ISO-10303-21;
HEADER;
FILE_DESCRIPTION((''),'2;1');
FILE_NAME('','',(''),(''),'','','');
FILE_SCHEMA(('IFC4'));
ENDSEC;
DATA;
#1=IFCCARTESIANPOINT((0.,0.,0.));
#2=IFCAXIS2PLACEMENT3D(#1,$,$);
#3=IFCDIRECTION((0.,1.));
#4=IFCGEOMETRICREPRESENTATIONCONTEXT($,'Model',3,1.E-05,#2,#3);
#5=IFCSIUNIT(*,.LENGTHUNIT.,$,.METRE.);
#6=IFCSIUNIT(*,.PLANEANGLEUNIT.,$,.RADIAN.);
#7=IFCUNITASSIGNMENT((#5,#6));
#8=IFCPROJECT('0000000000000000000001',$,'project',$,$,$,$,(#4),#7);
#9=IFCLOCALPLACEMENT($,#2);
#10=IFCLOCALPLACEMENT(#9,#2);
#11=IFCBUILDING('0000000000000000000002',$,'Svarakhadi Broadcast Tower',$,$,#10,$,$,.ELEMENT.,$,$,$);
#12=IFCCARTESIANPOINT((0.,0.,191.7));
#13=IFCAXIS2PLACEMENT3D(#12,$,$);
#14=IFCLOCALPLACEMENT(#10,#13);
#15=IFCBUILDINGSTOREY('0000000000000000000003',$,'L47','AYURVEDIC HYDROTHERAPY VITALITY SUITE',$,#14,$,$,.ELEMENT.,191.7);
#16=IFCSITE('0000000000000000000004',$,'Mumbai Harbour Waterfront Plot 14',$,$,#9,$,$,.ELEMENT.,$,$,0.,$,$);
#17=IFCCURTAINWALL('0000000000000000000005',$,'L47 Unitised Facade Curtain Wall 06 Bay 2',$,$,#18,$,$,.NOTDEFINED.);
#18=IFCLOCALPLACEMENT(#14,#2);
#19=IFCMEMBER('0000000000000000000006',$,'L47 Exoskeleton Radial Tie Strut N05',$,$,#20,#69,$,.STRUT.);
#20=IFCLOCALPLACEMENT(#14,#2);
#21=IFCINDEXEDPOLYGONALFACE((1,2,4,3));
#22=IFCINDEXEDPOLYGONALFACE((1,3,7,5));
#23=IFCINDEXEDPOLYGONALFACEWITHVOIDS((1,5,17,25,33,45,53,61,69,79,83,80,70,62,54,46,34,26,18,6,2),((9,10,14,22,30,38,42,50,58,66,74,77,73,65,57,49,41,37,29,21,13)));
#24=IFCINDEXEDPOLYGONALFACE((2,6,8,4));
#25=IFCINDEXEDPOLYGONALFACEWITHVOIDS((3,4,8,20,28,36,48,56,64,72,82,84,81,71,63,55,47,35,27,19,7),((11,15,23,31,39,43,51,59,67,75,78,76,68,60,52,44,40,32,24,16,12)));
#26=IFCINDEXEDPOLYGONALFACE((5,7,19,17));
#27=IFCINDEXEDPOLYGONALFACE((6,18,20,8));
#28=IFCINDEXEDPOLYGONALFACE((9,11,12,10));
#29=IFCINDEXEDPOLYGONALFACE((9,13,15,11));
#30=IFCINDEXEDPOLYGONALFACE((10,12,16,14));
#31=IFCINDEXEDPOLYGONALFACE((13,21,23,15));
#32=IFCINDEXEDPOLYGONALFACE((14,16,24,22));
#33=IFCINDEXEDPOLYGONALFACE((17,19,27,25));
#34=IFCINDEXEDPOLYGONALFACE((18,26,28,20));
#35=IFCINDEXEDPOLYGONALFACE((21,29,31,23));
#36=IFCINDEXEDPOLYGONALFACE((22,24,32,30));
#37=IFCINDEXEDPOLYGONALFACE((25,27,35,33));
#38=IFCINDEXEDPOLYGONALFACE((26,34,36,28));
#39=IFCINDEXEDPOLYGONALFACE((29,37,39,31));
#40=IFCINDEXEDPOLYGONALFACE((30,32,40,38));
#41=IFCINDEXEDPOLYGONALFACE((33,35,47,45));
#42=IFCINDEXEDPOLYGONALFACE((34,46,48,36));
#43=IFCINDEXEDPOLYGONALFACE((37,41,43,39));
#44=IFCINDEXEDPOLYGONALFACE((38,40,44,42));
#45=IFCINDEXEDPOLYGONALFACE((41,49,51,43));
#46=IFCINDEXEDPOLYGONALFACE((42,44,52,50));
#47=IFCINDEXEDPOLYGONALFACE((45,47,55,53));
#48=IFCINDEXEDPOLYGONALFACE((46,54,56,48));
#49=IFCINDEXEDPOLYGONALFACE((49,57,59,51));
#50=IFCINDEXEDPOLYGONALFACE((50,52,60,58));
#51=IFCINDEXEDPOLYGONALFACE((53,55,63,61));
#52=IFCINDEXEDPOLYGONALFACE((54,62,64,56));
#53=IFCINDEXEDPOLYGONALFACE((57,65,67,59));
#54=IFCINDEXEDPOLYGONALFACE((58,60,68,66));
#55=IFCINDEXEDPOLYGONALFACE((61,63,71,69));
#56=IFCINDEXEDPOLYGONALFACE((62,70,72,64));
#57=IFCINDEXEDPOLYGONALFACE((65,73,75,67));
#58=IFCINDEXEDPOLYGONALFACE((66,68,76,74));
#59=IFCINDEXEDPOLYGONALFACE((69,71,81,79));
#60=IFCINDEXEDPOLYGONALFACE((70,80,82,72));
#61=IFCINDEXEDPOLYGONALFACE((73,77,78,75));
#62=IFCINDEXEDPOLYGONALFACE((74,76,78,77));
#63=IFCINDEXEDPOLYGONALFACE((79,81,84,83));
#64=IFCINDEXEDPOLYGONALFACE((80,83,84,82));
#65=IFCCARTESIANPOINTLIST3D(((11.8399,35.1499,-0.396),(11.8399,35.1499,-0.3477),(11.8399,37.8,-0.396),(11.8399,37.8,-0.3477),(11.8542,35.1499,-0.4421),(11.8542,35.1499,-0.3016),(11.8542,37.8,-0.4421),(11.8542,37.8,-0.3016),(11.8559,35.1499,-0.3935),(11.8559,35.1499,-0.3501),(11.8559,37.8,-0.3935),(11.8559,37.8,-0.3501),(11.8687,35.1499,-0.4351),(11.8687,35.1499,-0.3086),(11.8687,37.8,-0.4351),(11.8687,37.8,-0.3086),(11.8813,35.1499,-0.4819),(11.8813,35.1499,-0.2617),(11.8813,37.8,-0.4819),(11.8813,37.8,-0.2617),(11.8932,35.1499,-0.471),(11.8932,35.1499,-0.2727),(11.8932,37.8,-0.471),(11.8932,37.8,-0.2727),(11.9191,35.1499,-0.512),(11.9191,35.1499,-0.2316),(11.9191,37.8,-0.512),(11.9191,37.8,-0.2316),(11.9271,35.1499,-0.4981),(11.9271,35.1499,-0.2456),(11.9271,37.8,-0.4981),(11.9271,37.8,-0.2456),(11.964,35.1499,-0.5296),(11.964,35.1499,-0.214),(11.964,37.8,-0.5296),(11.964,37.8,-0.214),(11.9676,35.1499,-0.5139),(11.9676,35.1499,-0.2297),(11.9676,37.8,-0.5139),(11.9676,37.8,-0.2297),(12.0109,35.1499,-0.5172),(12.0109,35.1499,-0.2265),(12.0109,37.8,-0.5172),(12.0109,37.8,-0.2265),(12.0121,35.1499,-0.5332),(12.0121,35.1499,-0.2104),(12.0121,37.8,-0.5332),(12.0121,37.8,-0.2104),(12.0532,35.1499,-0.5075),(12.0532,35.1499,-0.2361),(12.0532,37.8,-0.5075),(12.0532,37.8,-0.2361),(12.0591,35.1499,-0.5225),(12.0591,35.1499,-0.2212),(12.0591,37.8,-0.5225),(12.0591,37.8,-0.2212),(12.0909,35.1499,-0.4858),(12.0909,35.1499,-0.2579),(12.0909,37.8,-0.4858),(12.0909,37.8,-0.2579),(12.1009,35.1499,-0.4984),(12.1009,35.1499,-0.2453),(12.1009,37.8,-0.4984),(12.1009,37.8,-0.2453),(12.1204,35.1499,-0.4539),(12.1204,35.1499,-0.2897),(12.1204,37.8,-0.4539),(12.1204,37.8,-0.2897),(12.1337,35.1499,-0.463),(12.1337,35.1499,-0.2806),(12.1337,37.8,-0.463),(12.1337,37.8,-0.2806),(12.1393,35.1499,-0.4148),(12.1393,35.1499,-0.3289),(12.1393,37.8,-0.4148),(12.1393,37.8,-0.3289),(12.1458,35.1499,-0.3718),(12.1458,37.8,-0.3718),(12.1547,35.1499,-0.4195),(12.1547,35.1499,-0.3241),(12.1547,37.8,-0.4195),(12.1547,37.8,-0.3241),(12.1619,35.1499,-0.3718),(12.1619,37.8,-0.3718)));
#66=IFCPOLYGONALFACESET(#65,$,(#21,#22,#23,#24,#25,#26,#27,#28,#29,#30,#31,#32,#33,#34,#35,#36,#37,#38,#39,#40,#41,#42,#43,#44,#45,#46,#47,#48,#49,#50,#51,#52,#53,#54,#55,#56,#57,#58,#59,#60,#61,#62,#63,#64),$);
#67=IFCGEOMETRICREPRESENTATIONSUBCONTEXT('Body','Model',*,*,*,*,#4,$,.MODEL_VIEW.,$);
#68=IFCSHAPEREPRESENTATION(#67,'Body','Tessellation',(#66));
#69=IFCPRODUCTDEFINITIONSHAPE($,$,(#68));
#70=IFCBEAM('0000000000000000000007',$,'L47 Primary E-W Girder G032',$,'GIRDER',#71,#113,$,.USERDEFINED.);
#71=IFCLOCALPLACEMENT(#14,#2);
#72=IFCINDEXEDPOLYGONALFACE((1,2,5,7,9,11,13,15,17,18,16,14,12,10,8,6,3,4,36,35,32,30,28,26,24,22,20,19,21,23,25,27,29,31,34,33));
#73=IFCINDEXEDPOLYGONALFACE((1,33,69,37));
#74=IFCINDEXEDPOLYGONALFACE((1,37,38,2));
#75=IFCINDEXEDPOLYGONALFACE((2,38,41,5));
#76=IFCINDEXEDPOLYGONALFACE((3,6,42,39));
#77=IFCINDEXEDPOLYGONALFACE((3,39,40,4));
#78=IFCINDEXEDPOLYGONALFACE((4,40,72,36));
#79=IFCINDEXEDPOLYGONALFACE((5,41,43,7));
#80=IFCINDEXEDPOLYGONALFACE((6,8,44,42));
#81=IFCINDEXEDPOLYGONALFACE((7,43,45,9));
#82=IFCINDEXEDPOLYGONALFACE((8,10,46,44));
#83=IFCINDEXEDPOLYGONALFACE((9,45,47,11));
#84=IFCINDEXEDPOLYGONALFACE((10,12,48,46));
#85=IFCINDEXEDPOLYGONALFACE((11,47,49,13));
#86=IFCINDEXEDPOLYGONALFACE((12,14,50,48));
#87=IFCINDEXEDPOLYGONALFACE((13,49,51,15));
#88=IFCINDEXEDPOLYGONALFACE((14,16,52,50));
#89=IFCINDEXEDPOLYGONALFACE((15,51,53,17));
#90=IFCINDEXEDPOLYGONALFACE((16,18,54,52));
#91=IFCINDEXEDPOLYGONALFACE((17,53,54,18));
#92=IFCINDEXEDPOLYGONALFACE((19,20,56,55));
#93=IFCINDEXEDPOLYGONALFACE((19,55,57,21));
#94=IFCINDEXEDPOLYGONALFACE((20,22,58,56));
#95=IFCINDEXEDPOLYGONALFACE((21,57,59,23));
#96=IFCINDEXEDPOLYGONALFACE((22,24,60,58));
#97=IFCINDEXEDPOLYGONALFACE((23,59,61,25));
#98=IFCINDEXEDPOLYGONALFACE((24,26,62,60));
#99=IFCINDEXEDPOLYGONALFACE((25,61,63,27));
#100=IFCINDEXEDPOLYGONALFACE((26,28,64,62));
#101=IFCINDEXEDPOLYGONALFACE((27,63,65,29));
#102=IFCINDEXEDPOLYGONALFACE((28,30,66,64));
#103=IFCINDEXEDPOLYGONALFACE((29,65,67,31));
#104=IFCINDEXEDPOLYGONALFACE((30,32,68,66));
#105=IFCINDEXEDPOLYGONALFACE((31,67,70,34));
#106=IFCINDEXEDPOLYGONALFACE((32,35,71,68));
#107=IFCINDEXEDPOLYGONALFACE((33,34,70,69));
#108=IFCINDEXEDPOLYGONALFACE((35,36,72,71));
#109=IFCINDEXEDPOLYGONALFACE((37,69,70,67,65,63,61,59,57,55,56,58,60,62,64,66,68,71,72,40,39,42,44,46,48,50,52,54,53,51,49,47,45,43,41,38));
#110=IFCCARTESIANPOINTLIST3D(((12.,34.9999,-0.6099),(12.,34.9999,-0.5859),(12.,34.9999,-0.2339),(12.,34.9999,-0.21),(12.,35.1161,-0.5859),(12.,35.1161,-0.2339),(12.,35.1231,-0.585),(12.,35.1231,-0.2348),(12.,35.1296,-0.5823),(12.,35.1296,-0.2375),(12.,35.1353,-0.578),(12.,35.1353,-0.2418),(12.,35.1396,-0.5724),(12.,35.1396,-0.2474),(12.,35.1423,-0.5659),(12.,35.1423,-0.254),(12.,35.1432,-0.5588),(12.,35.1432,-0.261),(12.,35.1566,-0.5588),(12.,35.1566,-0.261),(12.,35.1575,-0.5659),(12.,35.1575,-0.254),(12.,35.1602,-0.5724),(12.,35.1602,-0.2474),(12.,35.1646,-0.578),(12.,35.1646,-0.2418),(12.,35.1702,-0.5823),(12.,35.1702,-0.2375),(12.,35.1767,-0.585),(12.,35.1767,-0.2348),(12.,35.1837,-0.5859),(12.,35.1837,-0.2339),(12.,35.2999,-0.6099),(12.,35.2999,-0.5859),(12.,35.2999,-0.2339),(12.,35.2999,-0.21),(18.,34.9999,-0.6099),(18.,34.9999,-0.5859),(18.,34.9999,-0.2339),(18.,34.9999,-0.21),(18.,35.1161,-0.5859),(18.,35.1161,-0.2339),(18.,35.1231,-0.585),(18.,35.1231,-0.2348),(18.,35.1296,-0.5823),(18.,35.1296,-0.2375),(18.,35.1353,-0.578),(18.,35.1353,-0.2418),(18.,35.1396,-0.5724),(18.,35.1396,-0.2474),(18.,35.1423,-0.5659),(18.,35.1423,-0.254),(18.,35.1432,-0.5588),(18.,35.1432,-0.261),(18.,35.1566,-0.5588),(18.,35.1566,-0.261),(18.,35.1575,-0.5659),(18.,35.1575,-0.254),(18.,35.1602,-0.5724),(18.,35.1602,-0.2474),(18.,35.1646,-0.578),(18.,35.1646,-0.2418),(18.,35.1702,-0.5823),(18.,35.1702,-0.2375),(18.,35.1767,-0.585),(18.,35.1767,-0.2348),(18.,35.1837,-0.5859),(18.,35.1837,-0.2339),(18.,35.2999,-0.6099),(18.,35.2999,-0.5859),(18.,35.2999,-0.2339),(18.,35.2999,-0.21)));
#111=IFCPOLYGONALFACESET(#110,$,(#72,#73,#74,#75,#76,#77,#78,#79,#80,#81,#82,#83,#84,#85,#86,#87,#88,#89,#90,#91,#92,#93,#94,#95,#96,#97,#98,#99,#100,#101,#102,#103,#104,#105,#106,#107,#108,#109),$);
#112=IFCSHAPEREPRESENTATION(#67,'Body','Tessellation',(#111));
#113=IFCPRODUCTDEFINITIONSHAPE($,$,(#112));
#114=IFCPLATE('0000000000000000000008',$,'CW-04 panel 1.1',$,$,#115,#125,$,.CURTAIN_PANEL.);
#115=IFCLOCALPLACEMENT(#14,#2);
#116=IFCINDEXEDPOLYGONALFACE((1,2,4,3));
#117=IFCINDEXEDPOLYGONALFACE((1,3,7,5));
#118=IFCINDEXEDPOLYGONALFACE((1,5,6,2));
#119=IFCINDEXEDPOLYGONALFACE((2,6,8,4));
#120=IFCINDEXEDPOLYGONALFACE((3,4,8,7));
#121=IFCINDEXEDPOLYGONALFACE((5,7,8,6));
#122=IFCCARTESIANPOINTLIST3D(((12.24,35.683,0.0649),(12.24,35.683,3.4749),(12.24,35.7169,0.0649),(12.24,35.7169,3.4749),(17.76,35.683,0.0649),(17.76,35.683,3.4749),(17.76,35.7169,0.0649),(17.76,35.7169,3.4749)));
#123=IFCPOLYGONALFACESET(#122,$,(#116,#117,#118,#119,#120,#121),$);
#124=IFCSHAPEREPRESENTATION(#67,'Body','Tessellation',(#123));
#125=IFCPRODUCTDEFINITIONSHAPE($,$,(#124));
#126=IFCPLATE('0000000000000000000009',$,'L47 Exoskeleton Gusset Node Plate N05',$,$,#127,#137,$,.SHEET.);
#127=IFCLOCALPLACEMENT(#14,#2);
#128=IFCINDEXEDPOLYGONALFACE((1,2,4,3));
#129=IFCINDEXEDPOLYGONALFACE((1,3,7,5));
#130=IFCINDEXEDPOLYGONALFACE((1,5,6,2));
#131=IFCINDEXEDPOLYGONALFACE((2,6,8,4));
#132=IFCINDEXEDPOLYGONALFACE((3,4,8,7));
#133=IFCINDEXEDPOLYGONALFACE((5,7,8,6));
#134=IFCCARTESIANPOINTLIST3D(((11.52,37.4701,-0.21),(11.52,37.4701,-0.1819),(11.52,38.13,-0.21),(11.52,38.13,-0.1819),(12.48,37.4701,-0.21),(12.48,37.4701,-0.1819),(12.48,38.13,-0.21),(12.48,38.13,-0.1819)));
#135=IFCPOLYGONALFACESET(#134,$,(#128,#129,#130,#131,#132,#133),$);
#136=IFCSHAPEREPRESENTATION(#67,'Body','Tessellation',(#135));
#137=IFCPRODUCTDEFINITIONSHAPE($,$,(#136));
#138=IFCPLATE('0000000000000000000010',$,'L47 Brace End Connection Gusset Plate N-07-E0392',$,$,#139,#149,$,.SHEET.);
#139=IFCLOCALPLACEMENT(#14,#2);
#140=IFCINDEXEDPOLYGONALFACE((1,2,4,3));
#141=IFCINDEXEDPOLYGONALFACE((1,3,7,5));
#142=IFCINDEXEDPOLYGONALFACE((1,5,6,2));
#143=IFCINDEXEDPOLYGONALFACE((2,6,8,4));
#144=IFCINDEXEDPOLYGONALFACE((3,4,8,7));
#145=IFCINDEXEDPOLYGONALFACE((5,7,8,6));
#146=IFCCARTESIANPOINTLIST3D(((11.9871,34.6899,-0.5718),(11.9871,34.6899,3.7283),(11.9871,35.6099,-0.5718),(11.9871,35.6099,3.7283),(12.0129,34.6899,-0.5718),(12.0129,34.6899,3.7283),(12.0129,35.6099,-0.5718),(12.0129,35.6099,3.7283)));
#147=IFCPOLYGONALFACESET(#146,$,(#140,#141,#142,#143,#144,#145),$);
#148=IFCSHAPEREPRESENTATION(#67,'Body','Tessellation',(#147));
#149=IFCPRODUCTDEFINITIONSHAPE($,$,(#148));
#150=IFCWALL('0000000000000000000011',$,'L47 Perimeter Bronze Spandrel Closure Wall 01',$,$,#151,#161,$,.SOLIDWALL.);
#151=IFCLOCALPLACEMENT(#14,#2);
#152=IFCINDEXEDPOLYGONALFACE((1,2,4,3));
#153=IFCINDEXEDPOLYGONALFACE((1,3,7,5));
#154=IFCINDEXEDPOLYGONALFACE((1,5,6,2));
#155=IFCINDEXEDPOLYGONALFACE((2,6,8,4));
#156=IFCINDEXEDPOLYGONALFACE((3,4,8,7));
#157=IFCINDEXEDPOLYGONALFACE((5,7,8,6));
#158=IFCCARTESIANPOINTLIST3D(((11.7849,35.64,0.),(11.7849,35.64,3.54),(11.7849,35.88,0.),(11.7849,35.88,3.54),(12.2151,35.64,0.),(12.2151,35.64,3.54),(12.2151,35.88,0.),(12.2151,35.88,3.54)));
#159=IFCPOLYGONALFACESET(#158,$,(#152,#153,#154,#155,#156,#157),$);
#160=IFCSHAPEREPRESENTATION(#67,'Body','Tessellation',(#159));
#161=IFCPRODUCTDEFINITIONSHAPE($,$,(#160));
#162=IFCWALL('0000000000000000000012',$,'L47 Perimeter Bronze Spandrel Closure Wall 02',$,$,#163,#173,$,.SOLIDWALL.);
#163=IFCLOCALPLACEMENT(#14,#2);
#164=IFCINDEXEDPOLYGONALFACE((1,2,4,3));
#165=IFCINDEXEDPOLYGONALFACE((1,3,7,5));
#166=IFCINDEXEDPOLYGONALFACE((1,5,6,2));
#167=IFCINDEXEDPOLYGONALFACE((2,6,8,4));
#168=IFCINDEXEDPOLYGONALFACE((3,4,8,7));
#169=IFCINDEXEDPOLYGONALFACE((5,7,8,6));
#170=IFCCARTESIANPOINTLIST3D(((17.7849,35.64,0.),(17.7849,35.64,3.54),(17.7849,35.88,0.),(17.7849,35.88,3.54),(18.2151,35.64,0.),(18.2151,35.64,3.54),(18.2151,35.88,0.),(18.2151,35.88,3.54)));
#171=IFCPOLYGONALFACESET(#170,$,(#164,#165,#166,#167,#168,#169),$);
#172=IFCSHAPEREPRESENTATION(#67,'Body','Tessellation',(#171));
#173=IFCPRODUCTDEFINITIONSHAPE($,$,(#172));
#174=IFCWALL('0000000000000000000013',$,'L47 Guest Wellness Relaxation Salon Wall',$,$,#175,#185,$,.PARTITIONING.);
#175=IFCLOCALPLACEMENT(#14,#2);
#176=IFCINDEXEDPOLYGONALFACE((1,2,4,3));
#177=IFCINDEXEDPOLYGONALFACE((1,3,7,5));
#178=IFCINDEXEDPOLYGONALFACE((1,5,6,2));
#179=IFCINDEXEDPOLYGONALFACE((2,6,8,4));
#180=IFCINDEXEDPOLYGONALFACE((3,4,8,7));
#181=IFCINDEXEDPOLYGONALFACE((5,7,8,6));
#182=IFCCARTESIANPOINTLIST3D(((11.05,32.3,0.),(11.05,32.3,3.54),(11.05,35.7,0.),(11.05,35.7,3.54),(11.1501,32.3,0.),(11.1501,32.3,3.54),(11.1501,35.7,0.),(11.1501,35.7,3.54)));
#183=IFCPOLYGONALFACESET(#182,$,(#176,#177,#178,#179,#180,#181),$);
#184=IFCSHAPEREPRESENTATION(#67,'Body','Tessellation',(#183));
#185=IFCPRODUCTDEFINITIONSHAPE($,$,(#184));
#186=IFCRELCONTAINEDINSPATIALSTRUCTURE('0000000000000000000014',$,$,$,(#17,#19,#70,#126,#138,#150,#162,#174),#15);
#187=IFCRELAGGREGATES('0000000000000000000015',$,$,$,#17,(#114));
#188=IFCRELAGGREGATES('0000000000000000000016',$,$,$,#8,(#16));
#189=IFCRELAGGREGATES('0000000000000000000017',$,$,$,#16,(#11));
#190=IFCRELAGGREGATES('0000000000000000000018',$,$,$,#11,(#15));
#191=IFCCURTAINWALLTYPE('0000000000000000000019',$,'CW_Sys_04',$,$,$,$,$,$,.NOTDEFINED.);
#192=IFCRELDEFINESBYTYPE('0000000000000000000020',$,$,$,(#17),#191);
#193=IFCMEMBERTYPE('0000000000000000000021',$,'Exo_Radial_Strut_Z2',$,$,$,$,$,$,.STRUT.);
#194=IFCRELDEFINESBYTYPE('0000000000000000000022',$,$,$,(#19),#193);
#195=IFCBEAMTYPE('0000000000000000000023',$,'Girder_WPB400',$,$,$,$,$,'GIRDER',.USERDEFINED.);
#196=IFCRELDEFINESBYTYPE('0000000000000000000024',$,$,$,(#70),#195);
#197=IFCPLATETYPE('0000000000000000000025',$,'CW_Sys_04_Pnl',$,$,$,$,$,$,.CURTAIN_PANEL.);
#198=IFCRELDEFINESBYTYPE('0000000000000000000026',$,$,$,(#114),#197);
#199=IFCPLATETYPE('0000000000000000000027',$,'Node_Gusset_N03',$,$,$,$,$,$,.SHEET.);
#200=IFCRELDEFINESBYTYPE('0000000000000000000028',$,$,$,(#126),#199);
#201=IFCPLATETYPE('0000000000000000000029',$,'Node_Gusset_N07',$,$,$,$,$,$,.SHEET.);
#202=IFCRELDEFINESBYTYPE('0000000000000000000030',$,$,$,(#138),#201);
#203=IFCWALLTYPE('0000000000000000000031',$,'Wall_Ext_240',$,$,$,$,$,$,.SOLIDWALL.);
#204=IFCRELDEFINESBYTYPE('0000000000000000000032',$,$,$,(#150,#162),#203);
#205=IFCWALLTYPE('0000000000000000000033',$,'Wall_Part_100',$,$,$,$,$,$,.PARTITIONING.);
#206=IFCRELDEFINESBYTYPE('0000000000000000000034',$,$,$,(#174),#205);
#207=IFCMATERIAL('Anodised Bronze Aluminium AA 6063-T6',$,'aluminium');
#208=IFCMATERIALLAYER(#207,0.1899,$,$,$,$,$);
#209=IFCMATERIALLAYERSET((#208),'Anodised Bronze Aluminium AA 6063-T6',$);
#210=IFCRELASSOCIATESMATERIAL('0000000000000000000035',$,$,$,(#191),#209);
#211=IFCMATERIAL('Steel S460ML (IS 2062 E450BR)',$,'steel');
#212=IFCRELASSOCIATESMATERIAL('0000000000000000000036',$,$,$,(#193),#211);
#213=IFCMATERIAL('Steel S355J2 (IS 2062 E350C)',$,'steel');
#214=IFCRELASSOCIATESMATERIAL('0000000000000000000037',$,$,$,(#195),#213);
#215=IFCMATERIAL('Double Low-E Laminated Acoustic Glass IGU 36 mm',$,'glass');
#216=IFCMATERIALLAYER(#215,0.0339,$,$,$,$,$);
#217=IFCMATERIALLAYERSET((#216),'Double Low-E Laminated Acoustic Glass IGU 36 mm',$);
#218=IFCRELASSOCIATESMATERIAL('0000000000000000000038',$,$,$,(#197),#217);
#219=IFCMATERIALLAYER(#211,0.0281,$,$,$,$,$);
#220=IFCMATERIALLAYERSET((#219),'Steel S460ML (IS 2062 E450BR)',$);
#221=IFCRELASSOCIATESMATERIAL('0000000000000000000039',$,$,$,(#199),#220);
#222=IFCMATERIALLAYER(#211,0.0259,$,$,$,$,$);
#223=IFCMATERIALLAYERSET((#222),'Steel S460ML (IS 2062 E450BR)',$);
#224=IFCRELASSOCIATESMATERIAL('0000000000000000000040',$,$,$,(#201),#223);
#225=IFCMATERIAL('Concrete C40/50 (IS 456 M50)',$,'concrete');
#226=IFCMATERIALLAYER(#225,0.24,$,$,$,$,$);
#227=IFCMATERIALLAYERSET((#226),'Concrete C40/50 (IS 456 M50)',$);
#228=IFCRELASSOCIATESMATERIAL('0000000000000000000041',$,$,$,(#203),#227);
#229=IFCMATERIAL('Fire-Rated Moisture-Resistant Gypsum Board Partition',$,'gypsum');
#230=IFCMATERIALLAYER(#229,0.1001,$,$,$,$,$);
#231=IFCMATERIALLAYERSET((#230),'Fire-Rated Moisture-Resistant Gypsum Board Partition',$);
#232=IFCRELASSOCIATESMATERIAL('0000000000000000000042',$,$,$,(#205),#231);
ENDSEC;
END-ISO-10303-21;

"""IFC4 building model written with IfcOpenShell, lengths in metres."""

from ifc_helpers import new_model, si_unit, direction, frame, frame_2d, origin, origin_2d, place, context, subcontext, project, spatial, rectangle, hollow_circle, i_section, extrude, material, layer, layer_set, material_profile, profile_set, type_object, element, aggregate, save


model = new_model("IFC4")

# Units and contexts
model_context = context("Model", 3, precision=1e-05, world=origin(), true_north=direction((0.0, 1.0)))
body_context = subcontext(model_context, "Body", "Model", "MODEL_VIEW")
ifc_project = project(units=[si_unit("LENGTHUNIT", "METRE"), si_unit("PLANEANGLEUNIT", "RADIAN")], contexts=[model_context])

# Site, building, storey
site_placement = place(None, origin())
site = spatial("IfcSite", under=ifc_project, at=site_placement, Name="Mumbai Harbour Waterfront Plot 14", CompositionType="ELEMENT", RefElevation=0.0)
building_placement = place(site_placement, origin())
building = spatial("IfcBuilding", under=site, at=building_placement, Name="Svarakhadi Broadcast Tower", CompositionType="ELEMENT")
storey_placement = place(building_placement, frame((0.0, 0.0, 191.7)))
storey = spatial("IfcBuildingStorey", under=building, at=storey_placement, Name="L47", Description="AYURVEDIC HYDROTHERAPY VITALITY SUITE", CompositionType="ELEMENT", Elevation=191.7)

# Shared definitions
ifc_material_1 = material(Name="Steel S460ML (IS 2062 E450BR)", Category="steel")

# Shared definitions
ifc_material_2 = material(Name="Steel S355J2 (IS 2062 E350C)", Category="steel")

# Shared definitions
ifc_material_3 = material(Name="Anodised Bronze Aluminium AA 6063-T6", Category="aluminium")
ifc_layer_1 = layer(ifc_material_3, 0.1899)
ifc_layer_set_1 = layer_set([ifc_layer_1], Name="Anodised Bronze Aluminium AA 6063-T6")
curtain_wall_type = type_object("IfcCurtainWallType", Name="CW_Sys_04", PredefinedType="NOTDEFINED", material=ifc_layer_set_1)

# Curtain wall
curtain_wall_1_placement = place(storey_placement, origin())
curtain_wall_1 = element("IfcCurtainWall", 1, at=curtain_wall_1_placement, inside=storey, type_object=curtain_wall_type, Name="L47 Unitised Facade Curtain Wall 06 Bay 2", PredefinedType="NOTDEFINED")

# Member
ifc_material_profile_1 = material_profile(ifc_material_1, hollow_circle(Radius=0.1619, WallThickness=0.0161, at=origin_2d()), Name="CHS 323.9x16")
ifc_profile_set_1 = profile_set([ifc_material_profile_1], Name="Steel S460ML (IS 2062 E450BR)")
member_type_1 = type_object("IfcMemberType", Name="Exo_Radial_Strut_Z2", PredefinedType="STRUT", material=ifc_profile_set_1)
member_1_placement = place(storey_placement, frame((12.0, 37.8, -0.3718), z_axis=(0.0, -1.0, 0.0), x_axis=(1.0, 0.0, 0.0)))
element("IfcMember", 2, at=member_1_placement, inside=storey, type_object=member_type_1, Name="L47 Exoskeleton Radial Tie Strut N05", PredefinedType="STRUT", context=body_context, shape_type="SweptSolid", body=[
    extrude(hollow_circle(Radius=0.1619, WallThickness=0.0161, at=origin_2d()), origin(), (0.0, 0.0, 1.0), 2.6501),
])

# Beam
ifc_material_profile_2 = material_profile(ifc_material_2, i_section(OverallWidth=0.3, OverallDepth=0.3999, WebThickness=0.0134, FlangeThickness=0.0239, FilletRadius=0.0271, at=origin_2d()), Name="WPB 400x300x155")
ifc_profile_set_2 = profile_set([ifc_material_profile_2], Name="Steel S355J2 (IS 2062 E350C)")
beam_type_1 = type_object("IfcBeamType", Name="Girder_WPB400", ElementType="GIRDER", PredefinedType="USERDEFINED", material=ifc_profile_set_2)
beam_1_placement = place(storey_placement, frame((12.0, 35.1499, -0.4099), z_axis=(1.0, 0.0, 0.0), x_axis=(0.0, 1.0, 0.0)))
element("IfcBeam", 3, at=beam_1_placement, inside=storey, type_object=beam_type_1, Name="L47 Primary E-W Girder G032", ObjectType="GIRDER", PredefinedType="USERDEFINED", context=body_context, shape_type="SweptSolid", body=[
    extrude(i_section(OverallWidth=0.3, OverallDepth=0.3999, WebThickness=0.0134, FlangeThickness=0.0239, FilletRadius=0.0271, at=origin_2d()), origin(), (0.0, 0.0, 1.0), 6.0),
])

# Plate
ifc_material_4 = material(Name="Double Low-E Laminated Acoustic Glass IGU 36 mm", Category="glass")
ifc_layer_2 = layer(ifc_material_4, 0.0339)
ifc_layer_set_2 = layer_set([ifc_layer_2], Name="Double Low-E Laminated Acoustic Glass IGU 36 mm")
plate_type_1 = type_object("IfcPlateType", Name="CW_Sys_04_Pnl", PredefinedType="CURTAIN_PANEL", material=ifc_layer_set_2)
plate_1_placement = place(storey_placement, frame((15.0, 35.7, 0.0649), z_axis=(0.0, 0.0, 1.0), x_axis=(1.0, 0.0, 0.0)))
plate_1 = element("IfcPlate", 4, at=plate_1_placement, type_object=plate_type_1, Name="CW-04 panel 1.1", PredefinedType="CURTAIN_PANEL", context=body_context, shape_type="SweptSolid", body=[
    extrude(rectangle(XDim=5.52, YDim=0.0339, at=origin_2d()), origin(), (0.0, 0.0, 1.0), 3.4099),
])
aggregate(curtain_wall_1, [plate_1])

# Plates
ifc_layer_3 = layer(ifc_material_1, 0.0281)
ifc_layer_set_3 = layer_set([ifc_layer_3], Name="Steel S460ML (IS 2062 E450BR)")
plate_type_2 = type_object("IfcPlateType", Name="Node_Gusset_N03", PredefinedType="SHEET", material=ifc_layer_set_3)
plate_2_placement = place(storey_placement, frame((12.0, 37.8, -0.21), z_axis=(0.0, 0.0, 1.0), x_axis=(1.0, 0.0, 0.0)))
element("IfcPlate", 5, at=plate_2_placement, inside=storey, type_object=plate_type_2, Name="L47 Exoskeleton Gusset Node Plate N05", PredefinedType="SHEET", context=body_context, shape_type="SweptSolid", body=[
    extrude(rectangle(XDim=0.96, YDim=0.6599, at=origin_2d()), origin(), (0.0, 0.0, 1.0), 0.0281),
])
ifc_layer_4 = layer(ifc_material_1, 0.0259)
ifc_layer_set_4 = layer_set([ifc_layer_4], Name="Steel S460ML (IS 2062 E450BR)")
plate_type_3 = type_object("IfcPlateType", Name="Node_Gusset_N07", PredefinedType="SHEET", material=ifc_layer_set_4)
plate_3_placement = place(storey_placement, frame((12.0, 35.1499, -0.5718), z_axis=(0.0, 0.0, 1.0), x_axis=(0.0, 1.0, 0.0)))
element("IfcPlate", 6, at=plate_3_placement, inside=storey, type_object=plate_type_3, Name="L47 Brace End Connection Gusset Plate N-07-E0392", PredefinedType="SHEET", context=body_context, shape_type="SweptSolid", body=[
    extrude(rectangle(XDim=0.9199, YDim=0.0259, at=origin_2d()), origin(), (0.0, 0.0, 1.0), 4.3),
])

# Walls
ifc_material_5 = material(Name="Concrete C40/50 (IS 456 M50)", Category="concrete")
ifc_layer_5 = layer(ifc_material_5, 0.24)
ifc_layer_set_5 = layer_set([ifc_layer_5], Name="Concrete C40/50 (IS 456 M50)")
wall_type_1 = type_object("IfcWallType", Name="Wall_Ext_240", PredefinedType="SOLIDWALL", material=ifc_layer_set_5)
for number, where, z_axis, x_axis, name in (
    (7, (11.7849, 35.76, 0.0), (0.0, 0.0, 1.0), (1.0, 0.0, 0.0), "L47 Perimeter Bronze Spandrel Closure Wall 01"),
    (8, (17.7849, 35.76, 0.0), (0.0, 0.0, 1.0), (1.0, 0.0, 0.0), "L47 Perimeter Bronze Spandrel Closure Wall 02"),
):
    element("IfcWall", number, at=place(storey_placement, frame(where, z_axis=z_axis, x_axis=x_axis)), inside=storey, type_object=wall_type_1, Name=name, PredefinedType="SOLIDWALL", context=body_context, shape_type="SweptSolid", body=[
        extrude(rectangle(XDim=0.4302, YDim=0.24, at=frame_2d((0.2151, 0.0))), origin(), (0.0, 0.0, 1.0), 3.54),
    ])
ifc_material_6 = material(Name="Fire-Rated Moisture-Resistant Gypsum Board Partition", Category="gypsum")
ifc_layer_6 = layer(ifc_material_6, 0.1001)
ifc_layer_set_6 = layer_set([ifc_layer_6], Name="Fire-Rated Moisture-Resistant Gypsum Board Partition")
wall_type_2 = type_object("IfcWallType", Name="Wall_Part_100", PredefinedType="PARTITIONING", material=ifc_layer_set_6)
wall_1_placement = place(storey_placement, frame((11.1001, 32.3, 0.0), z_axis=(0.0, 0.0, 1.0), x_axis=(0.0, 1.0, 0.0)))
element("IfcWall", 9, at=wall_1_placement, inside=storey, type_object=wall_type_2, Name="L47 Guest Wellness Relaxation Salon Wall", PredefinedType="PARTITIONING", context=body_context, shape_type="SweptSolid", body=[
    extrude(rectangle(XDim=3.3999, YDim=0.1001, at=frame_2d((1.7, 0.0))), origin(), (0.0, 0.0, 1.0), 3.54),
])

save(model, "model.ifc")
